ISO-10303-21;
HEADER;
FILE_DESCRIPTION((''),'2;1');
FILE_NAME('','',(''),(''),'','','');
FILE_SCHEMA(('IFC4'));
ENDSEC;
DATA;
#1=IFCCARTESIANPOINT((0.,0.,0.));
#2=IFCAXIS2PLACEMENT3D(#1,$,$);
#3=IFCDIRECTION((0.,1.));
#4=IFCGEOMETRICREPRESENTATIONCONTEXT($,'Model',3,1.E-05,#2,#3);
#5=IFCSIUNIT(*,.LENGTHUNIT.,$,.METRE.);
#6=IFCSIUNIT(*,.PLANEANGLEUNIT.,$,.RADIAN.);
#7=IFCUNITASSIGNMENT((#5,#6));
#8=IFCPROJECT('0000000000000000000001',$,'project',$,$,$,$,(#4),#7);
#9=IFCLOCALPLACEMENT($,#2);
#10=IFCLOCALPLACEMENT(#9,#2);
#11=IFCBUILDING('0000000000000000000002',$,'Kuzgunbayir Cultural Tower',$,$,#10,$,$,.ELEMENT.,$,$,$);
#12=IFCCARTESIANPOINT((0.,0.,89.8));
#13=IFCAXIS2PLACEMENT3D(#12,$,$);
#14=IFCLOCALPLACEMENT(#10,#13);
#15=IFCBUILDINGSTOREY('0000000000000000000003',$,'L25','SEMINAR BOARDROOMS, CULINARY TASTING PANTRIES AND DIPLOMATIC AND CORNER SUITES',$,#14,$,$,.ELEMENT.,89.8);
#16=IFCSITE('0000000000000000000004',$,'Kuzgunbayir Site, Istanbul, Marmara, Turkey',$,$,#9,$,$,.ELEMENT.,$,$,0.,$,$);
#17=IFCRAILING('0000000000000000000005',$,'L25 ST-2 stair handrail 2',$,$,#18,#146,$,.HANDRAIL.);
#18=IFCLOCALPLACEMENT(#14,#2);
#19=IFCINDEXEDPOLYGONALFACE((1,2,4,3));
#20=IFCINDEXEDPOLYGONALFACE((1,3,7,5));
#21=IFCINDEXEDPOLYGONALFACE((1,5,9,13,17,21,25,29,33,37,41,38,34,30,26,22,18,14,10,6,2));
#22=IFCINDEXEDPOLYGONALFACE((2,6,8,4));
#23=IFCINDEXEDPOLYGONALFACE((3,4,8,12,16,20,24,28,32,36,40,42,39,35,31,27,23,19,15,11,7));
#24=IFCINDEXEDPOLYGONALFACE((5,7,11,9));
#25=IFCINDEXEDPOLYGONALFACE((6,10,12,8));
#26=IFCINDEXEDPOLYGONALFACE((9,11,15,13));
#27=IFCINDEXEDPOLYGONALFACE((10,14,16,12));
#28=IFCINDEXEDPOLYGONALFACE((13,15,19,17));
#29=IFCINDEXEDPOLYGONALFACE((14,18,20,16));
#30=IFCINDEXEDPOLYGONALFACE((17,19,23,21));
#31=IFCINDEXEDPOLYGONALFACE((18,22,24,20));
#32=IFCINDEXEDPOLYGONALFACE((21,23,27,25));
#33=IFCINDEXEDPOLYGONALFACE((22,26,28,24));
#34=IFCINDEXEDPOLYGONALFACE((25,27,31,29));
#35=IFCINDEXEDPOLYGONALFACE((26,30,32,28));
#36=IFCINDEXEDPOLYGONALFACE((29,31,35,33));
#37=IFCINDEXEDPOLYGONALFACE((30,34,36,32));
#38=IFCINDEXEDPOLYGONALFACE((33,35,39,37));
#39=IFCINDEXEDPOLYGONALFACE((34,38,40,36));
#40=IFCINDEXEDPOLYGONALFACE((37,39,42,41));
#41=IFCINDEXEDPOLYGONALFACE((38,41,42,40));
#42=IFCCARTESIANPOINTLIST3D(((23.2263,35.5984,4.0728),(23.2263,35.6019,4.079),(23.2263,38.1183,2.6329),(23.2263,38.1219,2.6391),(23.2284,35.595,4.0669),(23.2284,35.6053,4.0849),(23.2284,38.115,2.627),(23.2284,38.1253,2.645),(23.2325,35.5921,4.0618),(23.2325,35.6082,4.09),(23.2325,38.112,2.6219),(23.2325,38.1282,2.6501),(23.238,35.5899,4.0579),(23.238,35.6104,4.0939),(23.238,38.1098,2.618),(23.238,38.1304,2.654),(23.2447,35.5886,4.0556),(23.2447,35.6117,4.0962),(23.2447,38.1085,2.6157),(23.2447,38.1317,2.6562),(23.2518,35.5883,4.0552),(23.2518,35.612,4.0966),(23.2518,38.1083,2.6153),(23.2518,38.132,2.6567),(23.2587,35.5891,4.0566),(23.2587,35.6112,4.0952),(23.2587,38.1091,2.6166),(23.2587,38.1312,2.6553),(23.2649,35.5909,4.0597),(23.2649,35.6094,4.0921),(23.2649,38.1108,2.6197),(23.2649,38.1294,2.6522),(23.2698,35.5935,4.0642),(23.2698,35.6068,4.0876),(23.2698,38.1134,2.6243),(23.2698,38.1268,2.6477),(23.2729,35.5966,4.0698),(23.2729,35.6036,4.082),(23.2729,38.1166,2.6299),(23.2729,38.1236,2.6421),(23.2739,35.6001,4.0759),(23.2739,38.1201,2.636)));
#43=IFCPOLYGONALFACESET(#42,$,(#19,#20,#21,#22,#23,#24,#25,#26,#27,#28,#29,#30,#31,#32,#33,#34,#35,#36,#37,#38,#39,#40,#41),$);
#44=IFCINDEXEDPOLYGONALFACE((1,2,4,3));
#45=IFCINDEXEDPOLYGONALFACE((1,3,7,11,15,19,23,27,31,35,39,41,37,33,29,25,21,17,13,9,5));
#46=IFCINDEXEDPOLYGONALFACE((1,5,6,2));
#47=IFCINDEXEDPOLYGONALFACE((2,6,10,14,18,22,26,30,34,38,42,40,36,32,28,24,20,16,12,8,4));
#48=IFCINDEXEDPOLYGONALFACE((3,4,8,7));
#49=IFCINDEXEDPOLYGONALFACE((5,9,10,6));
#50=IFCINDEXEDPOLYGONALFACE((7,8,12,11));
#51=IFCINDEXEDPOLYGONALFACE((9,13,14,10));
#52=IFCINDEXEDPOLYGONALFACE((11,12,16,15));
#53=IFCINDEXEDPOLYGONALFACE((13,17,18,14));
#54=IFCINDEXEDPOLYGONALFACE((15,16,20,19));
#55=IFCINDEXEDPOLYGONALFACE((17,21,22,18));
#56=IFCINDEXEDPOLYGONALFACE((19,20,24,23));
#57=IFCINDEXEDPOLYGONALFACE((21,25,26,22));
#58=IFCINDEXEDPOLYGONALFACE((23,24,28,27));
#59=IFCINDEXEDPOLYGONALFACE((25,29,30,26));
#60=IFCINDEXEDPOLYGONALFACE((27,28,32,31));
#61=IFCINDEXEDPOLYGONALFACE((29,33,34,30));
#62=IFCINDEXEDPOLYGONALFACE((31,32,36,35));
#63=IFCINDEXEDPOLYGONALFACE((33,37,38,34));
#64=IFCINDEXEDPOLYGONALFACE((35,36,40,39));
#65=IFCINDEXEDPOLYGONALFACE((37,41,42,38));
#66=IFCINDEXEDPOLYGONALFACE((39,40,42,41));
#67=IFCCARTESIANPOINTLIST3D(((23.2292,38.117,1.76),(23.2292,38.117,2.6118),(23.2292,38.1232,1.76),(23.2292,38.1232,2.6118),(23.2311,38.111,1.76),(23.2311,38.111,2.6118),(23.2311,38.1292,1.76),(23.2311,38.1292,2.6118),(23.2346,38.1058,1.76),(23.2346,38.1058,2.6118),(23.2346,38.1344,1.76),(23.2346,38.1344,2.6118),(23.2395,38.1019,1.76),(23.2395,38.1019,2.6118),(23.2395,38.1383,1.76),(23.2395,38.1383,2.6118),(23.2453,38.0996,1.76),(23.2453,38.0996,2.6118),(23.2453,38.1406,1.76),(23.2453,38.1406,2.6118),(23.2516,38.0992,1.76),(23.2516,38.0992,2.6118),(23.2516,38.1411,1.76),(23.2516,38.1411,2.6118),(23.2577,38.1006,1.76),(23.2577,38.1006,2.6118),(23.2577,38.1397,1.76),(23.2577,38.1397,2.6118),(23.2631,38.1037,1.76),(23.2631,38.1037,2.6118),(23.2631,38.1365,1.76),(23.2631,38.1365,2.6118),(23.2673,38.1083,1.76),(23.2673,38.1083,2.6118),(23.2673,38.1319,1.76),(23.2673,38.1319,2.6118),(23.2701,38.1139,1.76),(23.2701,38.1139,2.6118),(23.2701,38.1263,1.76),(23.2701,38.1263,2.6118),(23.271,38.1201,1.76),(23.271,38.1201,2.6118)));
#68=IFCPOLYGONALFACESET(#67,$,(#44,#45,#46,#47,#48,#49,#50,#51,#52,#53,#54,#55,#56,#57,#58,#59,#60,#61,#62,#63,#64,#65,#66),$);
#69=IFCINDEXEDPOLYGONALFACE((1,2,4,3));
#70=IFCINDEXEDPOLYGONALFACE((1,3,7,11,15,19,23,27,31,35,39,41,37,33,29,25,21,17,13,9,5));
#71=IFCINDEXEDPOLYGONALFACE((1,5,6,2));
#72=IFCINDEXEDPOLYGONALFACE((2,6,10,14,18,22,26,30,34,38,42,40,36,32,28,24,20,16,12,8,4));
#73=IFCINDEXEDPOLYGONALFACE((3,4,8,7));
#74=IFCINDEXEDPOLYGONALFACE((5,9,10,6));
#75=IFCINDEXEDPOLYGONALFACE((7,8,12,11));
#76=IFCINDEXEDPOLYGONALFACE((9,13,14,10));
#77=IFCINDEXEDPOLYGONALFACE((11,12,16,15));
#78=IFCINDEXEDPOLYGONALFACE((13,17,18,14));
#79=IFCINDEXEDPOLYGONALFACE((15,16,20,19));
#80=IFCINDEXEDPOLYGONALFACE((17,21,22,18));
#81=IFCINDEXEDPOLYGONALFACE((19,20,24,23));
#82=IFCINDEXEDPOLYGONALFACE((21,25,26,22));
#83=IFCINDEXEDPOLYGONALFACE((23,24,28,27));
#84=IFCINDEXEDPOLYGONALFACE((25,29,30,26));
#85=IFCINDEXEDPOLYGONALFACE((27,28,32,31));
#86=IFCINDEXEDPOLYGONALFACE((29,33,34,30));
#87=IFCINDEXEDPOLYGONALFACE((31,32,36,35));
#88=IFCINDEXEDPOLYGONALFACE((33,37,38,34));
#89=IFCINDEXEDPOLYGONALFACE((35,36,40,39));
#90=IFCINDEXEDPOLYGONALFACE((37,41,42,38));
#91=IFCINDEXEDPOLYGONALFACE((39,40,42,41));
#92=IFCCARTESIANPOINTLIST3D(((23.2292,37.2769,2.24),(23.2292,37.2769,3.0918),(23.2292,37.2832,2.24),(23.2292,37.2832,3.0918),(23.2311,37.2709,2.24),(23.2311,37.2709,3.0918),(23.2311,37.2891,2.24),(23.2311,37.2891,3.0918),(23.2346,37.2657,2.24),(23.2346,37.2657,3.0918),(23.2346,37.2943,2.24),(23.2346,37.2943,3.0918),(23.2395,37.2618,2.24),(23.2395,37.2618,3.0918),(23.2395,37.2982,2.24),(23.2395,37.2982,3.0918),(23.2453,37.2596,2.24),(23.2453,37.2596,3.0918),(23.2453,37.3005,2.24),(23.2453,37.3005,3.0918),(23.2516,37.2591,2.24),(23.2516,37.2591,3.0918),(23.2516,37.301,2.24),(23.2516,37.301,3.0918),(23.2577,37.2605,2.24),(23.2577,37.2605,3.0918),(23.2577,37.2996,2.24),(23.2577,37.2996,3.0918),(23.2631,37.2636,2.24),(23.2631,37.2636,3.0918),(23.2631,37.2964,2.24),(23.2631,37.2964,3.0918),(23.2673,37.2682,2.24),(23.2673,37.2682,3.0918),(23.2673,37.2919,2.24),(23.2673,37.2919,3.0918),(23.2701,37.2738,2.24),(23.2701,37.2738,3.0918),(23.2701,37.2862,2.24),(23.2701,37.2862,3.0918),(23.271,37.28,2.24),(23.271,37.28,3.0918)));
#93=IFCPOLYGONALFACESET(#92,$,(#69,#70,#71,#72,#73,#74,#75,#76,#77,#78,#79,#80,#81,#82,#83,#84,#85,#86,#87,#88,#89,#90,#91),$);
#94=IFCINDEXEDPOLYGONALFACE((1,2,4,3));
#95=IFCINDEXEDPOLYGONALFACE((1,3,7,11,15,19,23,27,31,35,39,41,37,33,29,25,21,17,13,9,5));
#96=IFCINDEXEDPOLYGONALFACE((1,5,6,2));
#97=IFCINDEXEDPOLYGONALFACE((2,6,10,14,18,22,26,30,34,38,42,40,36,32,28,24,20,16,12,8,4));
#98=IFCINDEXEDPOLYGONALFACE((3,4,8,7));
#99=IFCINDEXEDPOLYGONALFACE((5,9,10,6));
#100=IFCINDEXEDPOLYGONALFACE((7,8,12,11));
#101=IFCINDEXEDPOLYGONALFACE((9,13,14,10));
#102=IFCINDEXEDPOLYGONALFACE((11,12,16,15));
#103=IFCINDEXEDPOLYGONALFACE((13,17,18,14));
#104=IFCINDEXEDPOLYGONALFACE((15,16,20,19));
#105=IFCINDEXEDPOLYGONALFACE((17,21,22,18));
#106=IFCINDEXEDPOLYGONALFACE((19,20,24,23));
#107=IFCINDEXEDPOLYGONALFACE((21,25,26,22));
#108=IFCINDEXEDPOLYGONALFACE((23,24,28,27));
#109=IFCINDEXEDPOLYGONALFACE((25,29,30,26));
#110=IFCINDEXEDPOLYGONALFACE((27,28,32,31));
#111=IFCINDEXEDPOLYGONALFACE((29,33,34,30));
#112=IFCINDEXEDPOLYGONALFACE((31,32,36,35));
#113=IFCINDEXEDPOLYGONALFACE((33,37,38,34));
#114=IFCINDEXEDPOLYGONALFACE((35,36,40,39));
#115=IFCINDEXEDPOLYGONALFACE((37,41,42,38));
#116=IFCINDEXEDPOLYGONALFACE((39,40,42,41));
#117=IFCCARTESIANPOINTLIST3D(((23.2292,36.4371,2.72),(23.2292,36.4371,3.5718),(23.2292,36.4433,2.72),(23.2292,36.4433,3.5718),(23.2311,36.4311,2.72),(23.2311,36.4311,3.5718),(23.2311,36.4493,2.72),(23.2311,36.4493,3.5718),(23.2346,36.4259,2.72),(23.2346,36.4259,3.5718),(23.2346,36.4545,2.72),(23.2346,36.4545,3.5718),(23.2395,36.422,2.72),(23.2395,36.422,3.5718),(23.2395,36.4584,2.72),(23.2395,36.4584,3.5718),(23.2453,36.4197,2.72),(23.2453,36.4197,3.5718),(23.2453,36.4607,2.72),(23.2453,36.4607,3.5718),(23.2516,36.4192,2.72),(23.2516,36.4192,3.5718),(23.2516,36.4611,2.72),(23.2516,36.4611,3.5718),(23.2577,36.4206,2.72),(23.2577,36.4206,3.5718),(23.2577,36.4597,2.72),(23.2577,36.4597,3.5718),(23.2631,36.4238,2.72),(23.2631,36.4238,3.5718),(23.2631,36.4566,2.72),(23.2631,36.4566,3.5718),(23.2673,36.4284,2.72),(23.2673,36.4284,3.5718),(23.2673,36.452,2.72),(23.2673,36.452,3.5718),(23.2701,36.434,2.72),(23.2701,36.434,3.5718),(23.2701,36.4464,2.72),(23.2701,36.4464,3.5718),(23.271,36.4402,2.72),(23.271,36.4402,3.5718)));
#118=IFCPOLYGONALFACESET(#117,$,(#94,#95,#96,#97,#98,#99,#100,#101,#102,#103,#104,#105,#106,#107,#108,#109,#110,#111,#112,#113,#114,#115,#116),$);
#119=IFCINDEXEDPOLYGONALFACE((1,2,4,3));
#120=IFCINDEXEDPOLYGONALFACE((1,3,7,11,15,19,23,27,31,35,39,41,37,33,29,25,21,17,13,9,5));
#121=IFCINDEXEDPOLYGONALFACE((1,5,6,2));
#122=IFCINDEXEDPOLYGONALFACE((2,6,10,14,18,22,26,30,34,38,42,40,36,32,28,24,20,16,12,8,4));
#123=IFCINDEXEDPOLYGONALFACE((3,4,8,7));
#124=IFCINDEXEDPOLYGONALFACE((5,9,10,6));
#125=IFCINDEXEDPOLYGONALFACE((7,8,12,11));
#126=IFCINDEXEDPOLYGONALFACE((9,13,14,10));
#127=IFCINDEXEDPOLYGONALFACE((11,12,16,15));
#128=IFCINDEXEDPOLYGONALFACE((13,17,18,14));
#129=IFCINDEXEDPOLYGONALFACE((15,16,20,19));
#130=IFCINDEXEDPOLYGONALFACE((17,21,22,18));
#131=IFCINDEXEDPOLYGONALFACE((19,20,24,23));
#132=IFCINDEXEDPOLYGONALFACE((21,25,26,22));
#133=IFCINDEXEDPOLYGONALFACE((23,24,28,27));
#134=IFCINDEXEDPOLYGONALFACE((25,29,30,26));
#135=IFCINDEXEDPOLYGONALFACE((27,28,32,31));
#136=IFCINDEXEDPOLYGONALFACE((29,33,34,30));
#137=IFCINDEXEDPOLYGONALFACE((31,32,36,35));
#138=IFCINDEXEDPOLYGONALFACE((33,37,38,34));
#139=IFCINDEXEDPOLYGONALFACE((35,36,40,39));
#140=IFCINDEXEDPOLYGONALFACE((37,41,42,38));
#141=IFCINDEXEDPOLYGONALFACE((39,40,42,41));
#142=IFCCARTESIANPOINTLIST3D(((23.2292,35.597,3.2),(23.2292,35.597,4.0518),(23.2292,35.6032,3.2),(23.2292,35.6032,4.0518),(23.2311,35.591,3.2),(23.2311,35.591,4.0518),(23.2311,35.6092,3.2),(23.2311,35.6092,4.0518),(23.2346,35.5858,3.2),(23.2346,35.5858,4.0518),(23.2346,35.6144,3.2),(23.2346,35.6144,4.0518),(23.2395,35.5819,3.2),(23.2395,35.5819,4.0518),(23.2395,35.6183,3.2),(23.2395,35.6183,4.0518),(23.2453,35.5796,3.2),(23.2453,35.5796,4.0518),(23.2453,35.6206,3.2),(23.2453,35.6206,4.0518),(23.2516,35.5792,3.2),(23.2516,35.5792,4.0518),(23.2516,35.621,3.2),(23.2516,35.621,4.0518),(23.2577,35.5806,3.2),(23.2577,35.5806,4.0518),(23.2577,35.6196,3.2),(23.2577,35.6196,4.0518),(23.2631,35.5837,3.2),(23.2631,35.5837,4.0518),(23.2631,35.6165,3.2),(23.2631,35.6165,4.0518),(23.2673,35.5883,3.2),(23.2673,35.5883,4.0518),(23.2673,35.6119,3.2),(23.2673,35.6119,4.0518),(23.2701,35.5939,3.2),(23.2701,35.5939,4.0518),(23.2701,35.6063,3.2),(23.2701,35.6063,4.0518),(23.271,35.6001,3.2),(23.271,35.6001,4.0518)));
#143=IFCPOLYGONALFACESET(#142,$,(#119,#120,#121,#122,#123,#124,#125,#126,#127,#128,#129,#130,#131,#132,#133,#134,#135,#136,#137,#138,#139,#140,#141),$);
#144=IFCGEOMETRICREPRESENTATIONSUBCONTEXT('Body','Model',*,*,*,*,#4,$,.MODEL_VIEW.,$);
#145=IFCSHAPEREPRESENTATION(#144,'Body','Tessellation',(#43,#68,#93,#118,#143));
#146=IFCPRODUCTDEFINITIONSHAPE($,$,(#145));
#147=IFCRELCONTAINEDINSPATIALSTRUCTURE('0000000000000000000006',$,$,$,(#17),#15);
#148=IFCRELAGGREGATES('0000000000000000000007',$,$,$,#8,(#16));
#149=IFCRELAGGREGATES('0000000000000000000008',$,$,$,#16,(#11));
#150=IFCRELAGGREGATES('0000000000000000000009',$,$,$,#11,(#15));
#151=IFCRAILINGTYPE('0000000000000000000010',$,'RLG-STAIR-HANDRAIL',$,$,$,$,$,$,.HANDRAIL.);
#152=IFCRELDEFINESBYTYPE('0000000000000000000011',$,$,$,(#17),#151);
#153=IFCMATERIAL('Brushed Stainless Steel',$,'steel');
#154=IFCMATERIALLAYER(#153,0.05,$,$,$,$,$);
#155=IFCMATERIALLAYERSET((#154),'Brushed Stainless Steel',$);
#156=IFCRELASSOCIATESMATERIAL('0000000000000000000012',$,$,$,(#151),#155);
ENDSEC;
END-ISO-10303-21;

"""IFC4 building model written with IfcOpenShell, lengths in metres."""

from ifc_helpers import new_model, si_unit, direction, frame, origin, origin_2d, place, context, subcontext, project, spatial, circle, extrude, material, layer, layer_set, type_object, element, save


model = new_model("IFC4")

# Units and contexts
model_context = context("Model", 3, precision=1e-05, world=origin(), true_north=direction((0.0, 1.0)))
body_context = subcontext(model_context, "Body", "Model", "MODEL_VIEW")
ifc_project = project(units=[si_unit("LENGTHUNIT", "METRE"), si_unit("PLANEANGLEUNIT", "RADIAN")], contexts=[model_context])

# Site, building, storey
site_placement = place(None, origin())
site = spatial("IfcSite", under=ifc_project, at=site_placement, Name="Kuzgunbayir Site, Istanbul, Marmara, Turkey", CompositionType="ELEMENT", RefElevation=0.0)
building_placement = place(site_placement, origin())
building = spatial("IfcBuilding", under=site, at=building_placement, Name="Kuzgunbayir Cultural Tower", CompositionType="ELEMENT")
storey_placement = place(building_placement, frame((0.0, 0.0, 89.8)))
storey = spatial("IfcBuildingStorey", under=building, at=storey_placement, Name="L25", Description="SEMINAR BOARDROOMS, CULINARY TASTING PANTRIES AND DIPLOMATIC AND CORNER SUITES", CompositionType="ELEMENT", Elevation=89.8)

# Shared definitions
ifc_material_1 = material(Name="Brushed Stainless Steel", Category="steel")

# Railing
ifc_layer_1 = layer(ifc_material_1, 0.05)
ifc_layer_set_1 = layer_set([ifc_layer_1], Name="Brushed Stainless Steel")
railing_type_1 = type_object("IfcRailingType", Name="RLG-STAIR-HANDRAIL", PredefinedType="HANDRAIL", material=ifc_layer_set_1)
railing_1_placement = place(storey_placement, frame((23.25, 38.1201, 1.76)))
element("IfcRailing", 1, at=railing_1_placement, inside=storey, type_object=railing_type_1, Name="L25 ST-2 stair handrail 2", PredefinedType="HANDRAIL", context=body_context, shape_type="SweptSolid", body=[
    extrude(circle(Radius=0.0239, at=origin_2d()), frame((0.0, 0.0, 0.876), z_axis=(0.0, -0.868253, 0.496121), x_axis=(1.0, 0.0, 0.0)), (0.0, 0.0, 1.0), 2.9023),
    extrude(circle(Radius=0.021, at=origin_2d()), origin(), (0.0, 0.0, 1.0), 0.8518),
    extrude(circle(Radius=0.021, at=origin_2d()), frame((0.0, -0.8401, 0.48)), (0.0, 0.0, 1.0), 0.8518),
    extrude(circle(Radius=0.021, at=origin_2d()), frame((0.0, -1.6799, 0.96)), (0.0, 0.0, 1.0), 0.8518),
    extrude(circle(Radius=0.021, at=origin_2d()), frame((0.0, -2.52, 1.4399)), (0.0, 0.0, 1.0), 0.8518),
])

save(model, "model.ifc")
